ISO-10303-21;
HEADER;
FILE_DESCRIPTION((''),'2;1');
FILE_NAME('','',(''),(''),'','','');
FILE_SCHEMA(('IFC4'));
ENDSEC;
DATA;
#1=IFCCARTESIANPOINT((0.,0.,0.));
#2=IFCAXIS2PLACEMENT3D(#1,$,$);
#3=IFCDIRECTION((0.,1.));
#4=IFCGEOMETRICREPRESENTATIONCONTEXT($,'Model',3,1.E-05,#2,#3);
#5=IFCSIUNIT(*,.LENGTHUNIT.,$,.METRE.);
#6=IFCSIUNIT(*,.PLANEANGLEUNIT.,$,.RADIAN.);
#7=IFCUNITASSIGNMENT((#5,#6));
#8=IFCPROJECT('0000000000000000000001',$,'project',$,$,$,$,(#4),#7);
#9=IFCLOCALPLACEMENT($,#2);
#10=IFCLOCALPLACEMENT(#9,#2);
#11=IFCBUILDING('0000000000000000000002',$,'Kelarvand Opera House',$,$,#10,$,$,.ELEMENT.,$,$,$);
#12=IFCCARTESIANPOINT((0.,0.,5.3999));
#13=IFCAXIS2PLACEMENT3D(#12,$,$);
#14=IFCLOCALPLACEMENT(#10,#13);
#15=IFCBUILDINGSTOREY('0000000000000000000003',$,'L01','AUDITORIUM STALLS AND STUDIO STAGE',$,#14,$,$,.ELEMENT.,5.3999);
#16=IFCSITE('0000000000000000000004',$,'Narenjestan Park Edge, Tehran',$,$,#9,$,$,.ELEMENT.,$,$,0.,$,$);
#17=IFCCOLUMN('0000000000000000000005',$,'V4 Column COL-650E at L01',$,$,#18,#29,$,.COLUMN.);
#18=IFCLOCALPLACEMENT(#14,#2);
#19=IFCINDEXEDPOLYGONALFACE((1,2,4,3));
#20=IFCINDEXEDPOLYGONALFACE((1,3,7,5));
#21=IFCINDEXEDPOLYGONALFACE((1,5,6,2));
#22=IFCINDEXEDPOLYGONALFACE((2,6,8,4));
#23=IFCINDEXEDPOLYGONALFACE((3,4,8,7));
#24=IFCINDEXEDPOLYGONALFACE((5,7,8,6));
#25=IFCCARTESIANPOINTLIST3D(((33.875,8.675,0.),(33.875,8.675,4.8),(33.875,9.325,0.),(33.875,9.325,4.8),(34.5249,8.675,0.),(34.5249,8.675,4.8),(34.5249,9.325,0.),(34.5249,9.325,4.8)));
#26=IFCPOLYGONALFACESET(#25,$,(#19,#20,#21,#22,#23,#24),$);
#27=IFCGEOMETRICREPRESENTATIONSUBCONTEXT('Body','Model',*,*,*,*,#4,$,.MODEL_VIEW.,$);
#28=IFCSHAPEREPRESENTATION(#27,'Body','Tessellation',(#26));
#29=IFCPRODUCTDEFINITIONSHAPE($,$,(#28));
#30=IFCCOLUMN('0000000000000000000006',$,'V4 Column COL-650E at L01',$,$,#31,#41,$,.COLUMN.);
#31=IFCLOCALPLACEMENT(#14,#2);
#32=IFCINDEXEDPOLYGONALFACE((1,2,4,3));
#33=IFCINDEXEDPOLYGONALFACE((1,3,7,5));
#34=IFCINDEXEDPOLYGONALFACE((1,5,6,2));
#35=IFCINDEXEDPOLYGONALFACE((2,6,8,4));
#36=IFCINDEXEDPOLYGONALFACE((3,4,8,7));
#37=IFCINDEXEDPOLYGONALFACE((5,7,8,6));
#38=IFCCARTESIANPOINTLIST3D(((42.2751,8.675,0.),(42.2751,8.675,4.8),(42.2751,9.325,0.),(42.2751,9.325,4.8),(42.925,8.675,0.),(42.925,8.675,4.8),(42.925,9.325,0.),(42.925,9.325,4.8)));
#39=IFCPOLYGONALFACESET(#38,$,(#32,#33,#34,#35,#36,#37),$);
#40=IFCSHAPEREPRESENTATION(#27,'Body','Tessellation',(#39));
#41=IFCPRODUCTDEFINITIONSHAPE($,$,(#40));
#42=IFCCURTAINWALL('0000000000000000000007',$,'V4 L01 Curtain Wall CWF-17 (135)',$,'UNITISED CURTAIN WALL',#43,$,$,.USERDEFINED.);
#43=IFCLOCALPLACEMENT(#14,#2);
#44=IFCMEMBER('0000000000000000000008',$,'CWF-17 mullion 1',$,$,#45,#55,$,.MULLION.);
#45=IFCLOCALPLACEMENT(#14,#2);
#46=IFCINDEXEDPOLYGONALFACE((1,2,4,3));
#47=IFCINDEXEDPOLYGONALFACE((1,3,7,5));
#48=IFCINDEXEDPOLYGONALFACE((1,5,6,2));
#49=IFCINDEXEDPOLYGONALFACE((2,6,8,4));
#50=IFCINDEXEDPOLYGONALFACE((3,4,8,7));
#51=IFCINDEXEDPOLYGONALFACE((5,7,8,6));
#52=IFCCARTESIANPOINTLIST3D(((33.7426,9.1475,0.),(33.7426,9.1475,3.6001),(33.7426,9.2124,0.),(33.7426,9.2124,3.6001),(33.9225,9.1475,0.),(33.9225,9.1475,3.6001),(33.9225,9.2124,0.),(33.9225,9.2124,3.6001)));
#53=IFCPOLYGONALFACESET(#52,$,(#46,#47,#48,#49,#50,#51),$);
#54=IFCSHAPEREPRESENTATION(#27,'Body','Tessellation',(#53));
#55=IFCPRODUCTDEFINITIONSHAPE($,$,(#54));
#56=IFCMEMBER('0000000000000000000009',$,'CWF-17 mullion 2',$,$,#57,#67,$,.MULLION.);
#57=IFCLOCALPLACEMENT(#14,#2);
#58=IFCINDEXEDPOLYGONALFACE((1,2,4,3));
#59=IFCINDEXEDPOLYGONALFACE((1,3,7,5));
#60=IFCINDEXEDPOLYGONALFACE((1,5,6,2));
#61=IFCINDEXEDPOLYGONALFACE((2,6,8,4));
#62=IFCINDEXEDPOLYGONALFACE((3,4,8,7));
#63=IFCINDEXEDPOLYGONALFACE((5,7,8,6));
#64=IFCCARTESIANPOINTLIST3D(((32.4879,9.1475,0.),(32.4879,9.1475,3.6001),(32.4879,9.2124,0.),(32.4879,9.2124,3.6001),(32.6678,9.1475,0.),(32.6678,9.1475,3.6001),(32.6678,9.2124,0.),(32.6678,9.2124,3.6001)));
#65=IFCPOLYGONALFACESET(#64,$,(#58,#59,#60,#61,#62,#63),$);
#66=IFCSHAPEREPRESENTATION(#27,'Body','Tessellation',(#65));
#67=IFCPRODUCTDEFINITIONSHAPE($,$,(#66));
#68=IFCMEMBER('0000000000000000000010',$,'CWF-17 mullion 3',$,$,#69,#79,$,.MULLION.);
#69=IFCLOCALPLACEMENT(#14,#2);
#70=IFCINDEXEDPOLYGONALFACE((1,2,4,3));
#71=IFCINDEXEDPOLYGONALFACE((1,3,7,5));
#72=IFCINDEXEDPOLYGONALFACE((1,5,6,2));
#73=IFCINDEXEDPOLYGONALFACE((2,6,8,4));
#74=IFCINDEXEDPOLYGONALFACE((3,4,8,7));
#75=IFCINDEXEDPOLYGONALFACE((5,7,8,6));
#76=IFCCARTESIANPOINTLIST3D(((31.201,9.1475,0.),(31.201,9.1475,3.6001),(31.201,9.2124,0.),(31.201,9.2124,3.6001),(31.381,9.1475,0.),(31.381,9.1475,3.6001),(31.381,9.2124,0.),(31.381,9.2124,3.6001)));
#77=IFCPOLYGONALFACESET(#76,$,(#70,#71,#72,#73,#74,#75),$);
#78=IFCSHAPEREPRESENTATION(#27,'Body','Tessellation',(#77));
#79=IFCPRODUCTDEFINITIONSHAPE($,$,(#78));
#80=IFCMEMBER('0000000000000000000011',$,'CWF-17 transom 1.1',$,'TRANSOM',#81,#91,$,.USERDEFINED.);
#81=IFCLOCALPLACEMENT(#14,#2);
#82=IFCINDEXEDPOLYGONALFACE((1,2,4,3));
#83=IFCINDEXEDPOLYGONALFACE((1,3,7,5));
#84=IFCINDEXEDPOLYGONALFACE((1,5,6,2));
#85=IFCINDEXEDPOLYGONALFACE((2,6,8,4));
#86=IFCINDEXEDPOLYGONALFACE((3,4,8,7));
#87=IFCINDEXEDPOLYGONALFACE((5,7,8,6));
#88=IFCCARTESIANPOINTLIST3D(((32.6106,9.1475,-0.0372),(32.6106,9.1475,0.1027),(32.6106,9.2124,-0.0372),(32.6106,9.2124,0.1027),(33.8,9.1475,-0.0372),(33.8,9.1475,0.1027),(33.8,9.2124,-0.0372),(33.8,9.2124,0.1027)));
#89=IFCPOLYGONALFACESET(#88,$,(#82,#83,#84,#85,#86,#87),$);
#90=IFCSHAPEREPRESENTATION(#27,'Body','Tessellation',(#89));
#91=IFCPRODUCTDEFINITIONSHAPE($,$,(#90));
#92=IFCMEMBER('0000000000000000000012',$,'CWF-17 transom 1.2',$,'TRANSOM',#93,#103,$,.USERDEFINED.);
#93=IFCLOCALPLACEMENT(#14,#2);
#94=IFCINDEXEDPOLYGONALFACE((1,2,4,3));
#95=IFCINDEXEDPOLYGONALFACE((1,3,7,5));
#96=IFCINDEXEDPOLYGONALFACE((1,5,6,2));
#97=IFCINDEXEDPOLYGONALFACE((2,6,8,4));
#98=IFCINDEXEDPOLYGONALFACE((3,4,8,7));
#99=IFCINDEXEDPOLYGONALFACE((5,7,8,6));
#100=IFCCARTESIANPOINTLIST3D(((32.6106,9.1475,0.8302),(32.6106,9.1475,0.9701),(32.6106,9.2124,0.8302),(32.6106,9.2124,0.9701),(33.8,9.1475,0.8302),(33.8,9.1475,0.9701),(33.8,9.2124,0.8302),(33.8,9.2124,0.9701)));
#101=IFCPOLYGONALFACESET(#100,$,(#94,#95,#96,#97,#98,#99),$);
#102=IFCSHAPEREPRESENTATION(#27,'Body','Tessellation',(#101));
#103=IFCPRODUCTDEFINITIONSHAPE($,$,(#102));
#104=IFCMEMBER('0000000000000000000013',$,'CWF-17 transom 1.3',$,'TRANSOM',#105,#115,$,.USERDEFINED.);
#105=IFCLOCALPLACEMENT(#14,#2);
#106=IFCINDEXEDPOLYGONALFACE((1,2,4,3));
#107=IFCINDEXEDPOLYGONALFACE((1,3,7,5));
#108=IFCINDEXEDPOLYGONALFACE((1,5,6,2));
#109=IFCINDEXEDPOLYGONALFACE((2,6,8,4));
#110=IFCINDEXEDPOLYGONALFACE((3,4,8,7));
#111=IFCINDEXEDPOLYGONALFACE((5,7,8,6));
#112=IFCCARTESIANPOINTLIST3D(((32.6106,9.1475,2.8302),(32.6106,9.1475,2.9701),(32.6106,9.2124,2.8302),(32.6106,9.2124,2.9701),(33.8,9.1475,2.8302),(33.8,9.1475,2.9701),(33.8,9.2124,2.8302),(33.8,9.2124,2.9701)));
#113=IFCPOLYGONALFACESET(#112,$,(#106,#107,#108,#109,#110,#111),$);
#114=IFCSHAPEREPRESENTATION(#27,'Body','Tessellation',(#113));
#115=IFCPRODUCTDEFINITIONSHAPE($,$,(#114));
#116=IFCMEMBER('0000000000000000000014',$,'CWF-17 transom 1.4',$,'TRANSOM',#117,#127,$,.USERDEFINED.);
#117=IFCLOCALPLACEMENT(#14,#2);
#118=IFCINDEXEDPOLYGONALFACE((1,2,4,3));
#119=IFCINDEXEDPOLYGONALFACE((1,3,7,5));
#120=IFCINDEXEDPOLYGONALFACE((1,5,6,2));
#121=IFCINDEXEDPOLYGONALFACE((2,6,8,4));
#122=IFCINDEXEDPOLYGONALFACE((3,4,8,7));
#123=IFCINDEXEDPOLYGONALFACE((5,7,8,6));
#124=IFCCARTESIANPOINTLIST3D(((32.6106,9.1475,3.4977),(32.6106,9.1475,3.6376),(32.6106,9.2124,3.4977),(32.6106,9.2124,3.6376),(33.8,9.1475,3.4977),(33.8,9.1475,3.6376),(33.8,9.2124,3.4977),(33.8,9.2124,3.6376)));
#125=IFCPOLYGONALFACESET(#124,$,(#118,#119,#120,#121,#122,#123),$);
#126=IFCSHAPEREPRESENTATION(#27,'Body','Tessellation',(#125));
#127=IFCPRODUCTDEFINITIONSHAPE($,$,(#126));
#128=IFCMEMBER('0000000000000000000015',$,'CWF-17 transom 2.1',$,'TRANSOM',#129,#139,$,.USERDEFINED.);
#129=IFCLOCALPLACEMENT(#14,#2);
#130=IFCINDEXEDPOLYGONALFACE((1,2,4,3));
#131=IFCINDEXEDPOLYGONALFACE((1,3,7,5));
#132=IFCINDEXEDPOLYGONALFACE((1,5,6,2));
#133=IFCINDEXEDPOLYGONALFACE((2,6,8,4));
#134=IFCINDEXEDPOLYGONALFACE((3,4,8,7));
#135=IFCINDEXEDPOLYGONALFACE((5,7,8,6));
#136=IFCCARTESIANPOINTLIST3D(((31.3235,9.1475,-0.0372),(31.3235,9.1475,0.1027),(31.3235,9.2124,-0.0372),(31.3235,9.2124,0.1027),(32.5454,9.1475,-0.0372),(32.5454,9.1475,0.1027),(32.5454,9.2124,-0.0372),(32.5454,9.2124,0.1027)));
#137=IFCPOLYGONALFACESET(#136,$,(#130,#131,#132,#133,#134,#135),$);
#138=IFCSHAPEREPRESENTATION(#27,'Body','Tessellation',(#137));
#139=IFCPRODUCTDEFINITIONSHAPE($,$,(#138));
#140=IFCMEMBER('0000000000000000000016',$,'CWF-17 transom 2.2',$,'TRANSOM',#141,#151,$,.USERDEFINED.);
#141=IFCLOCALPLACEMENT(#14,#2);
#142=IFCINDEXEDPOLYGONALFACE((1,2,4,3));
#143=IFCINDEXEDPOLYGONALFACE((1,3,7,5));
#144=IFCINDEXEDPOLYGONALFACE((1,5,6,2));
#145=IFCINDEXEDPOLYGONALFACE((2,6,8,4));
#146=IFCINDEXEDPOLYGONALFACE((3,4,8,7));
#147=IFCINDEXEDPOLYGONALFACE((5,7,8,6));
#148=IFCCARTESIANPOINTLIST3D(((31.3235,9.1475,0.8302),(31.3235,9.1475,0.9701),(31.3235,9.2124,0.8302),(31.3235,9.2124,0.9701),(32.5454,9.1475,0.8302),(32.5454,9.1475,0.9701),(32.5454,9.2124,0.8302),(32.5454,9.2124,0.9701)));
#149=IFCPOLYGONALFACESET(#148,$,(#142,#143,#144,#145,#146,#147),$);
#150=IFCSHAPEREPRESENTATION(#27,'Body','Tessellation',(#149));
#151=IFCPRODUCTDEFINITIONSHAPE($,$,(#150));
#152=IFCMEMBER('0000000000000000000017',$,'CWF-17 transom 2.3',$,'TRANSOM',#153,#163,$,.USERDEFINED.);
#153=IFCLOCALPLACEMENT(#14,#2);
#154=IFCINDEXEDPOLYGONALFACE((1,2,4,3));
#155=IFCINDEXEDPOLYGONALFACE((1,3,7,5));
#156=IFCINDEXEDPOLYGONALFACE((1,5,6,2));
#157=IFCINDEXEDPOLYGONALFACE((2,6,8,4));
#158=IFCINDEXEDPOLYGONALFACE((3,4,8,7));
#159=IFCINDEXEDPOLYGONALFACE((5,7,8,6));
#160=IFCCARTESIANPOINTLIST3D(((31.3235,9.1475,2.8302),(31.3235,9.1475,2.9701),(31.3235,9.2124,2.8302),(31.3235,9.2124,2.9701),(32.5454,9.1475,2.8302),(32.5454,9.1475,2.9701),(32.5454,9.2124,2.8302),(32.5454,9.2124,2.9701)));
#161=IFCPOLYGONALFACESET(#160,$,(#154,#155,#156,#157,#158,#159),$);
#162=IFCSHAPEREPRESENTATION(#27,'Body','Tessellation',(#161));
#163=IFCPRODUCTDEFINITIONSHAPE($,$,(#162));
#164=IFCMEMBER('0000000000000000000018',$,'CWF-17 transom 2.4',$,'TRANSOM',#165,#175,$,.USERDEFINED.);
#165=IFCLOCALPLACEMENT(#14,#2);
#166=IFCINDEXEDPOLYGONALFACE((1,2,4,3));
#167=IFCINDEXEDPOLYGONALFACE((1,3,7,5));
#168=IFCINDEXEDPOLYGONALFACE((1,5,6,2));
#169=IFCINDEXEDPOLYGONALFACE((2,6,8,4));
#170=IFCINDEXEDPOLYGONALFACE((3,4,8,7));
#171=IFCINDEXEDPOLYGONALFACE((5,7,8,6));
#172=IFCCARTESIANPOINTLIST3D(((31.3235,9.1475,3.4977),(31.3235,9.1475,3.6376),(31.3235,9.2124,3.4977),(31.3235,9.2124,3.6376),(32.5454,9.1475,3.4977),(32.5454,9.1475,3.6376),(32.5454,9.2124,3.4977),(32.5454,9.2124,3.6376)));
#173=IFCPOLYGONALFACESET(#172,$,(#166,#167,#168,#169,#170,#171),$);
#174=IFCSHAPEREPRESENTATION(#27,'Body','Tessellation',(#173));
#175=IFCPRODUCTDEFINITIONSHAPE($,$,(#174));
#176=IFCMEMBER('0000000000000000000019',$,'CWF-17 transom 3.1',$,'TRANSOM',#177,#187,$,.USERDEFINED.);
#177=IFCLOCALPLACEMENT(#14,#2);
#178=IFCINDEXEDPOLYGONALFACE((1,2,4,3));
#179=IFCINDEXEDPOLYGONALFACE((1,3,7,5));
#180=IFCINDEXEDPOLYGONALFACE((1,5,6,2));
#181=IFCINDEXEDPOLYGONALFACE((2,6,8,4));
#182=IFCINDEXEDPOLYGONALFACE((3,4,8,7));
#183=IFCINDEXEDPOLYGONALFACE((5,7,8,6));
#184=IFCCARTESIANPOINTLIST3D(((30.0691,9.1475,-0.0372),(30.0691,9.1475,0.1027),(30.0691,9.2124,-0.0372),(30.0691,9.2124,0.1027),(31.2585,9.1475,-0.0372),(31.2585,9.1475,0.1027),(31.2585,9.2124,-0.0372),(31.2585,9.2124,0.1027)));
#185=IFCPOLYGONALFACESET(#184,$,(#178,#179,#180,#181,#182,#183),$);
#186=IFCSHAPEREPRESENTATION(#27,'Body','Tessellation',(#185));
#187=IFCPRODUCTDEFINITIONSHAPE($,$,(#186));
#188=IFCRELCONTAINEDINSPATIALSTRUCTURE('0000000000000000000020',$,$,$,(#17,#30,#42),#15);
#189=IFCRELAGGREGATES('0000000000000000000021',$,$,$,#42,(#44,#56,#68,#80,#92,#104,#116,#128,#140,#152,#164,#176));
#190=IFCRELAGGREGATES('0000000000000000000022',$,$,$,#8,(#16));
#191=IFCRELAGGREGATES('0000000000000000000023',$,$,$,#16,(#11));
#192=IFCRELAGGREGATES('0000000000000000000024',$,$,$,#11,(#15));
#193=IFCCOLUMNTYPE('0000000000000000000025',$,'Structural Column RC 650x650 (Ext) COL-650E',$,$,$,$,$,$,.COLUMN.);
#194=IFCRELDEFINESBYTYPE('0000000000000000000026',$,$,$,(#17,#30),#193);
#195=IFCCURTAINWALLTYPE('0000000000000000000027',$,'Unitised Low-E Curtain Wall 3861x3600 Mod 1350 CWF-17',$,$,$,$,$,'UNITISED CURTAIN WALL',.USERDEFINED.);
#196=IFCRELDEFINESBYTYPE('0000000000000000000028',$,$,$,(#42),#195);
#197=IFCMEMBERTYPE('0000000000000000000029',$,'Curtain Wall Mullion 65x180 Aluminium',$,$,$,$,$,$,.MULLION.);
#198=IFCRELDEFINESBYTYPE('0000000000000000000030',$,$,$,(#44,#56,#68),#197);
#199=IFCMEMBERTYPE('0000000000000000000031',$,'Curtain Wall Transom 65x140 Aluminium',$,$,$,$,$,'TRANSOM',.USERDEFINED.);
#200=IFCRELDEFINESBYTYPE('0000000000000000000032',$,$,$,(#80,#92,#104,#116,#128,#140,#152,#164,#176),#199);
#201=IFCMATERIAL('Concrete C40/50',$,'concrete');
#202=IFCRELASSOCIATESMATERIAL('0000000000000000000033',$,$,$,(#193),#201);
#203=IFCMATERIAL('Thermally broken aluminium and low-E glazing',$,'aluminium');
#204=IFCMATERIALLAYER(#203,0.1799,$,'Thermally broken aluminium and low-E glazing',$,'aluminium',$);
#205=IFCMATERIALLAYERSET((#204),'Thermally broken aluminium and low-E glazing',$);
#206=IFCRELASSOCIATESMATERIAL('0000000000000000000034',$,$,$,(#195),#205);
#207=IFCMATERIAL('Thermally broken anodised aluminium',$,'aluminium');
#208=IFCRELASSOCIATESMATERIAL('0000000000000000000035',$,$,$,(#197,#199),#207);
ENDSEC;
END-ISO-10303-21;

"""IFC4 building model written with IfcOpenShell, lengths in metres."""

from ifc_helpers import new_model, si_unit, direction, frame, origin, origin_2d, place, context, subcontext, project, spatial, rectangle, extrude, material, layer, layer_set, material_profile, profile_set, type_object, element, aggregate, save


model = new_model("IFC4")

# Units and contexts
model_context = context("Model", 3, precision=1e-05, world=origin(), true_north=direction((0.0, 1.0)))
body_context = subcontext(model_context, "Body", "Model", "MODEL_VIEW")
ifc_project = project(units=[si_unit("LENGTHUNIT", "METRE"), si_unit("PLANEANGLEUNIT", "RADIAN")], contexts=[model_context])

# Site, building, storey
site_placement = place(None, origin())
site = spatial("IfcSite", under=ifc_project, at=site_placement, Name="Narenjestan Park Edge, Tehran", CompositionType="ELEMENT", RefElevation=0.0)
building_placement = place(site_placement, origin())
building = spatial("IfcBuilding", under=site, at=building_placement, Name="Kelarvand Opera House", CompositionType="ELEMENT")
storey_placement = place(building_placement, frame((0.0, 0.0, 5.3999)))
storey = spatial("IfcBuildingStorey", under=building, at=storey_placement, Name="L01", Description="AUDITORIUM STALLS AND STUDIO STAGE", CompositionType="ELEMENT", Elevation=5.3999)

# Columns
ifc_material_1 = material(Name="Concrete C40/50", Category="concrete")
ifc_material_profile_1 = material_profile(ifc_material_1, rectangle(XDim=0.6499, YDim=0.6499, at=origin_2d()), Name="RC 650x650", Category="concrete")
ifc_profile_set_1 = profile_set([ifc_material_profile_1], Name="Concrete C40/50")
column_type = type_object("IfcColumnType", Name="Structural Column RC 650x650 (Ext) COL-650E", PredefinedType="COLUMN", material=ifc_profile_set_1)
for number, where, z_axis, x_axis, name in (
    (1, (34.2, 9.0, 0.0), (0.0, 0.0, 1.0), (1.0, 0.0, 0.0), "V4 Column COL-650E at L01"),
    (2, (42.6001, 9.0, 0.0), (0.0, 0.0, 1.0), (1.0, 0.0, 0.0), "V4 Column COL-650E at L01"),
):
    element("IfcColumn", number, at=place(storey_placement, frame(where, z_axis=z_axis, x_axis=x_axis)), inside=storey, type_object=column_type, Name=name, PredefinedType="COLUMN", context=body_context, shape_type="SweptSolid", body=[
        extrude(rectangle(XDim=0.6499, YDim=0.6499, at=origin_2d()), origin(), (0.0, 0.0, 1.0), 4.8),
    ])

# Curtain wall, members
ifc_material_2 = material(Name="Thermally broken aluminium and low-E glazing", Category="aluminium")
ifc_layer_1 = layer(ifc_material_2, 0.1799, Name="Thermally broken aluminium and low-E glazing", Category="aluminium")
ifc_layer_set_1 = layer_set([ifc_layer_1], Name="Thermally broken aluminium and low-E glazing")
curtain_wall_type = type_object("IfcCurtainWallType", Name="Unitised Low-E Curtain Wall 3861x3600 Mod 1350 CWF-17", ElementType="UNITISED CURTAIN WALL", PredefinedType="USERDEFINED", material=ifc_layer_set_1)
curtain_wall_placement = place(storey_placement, origin())
curtain_wall = element("IfcCurtainWall", 3, at=curtain_wall_placement, inside=storey, type_object=curtain_wall_type, Name="V4 L01 Curtain Wall CWF-17 (135)", ObjectType="UNITISED CURTAIN WALL", PredefinedType="USERDEFINED")
ifc_material_3 = material(Name="Thermally broken anodised aluminium", Category="aluminium")
ifc_material_profile_2 = material_profile(ifc_material_3, rectangle(XDim=0.0649, YDim=0.1799, at=origin_2d()), Name="ALU MULLION 65x180", Category="aluminium")
ifc_profile_set_2 = profile_set([ifc_material_profile_2], Name="Thermally broken anodised aluminium")
member_type_1 = type_object("IfcMemberType", Name="Curtain Wall Mullion 65x180 Aluminium", PredefinedType="MULLION", material=ifc_profile_set_2)
member_1_placement = place(storey_placement, frame((33.8325, 9.1799, 0.0), z_axis=(0.0, 0.0, 1.0), x_axis=(0.0, -1.0, 0.0)))
member_1 = element("IfcMember", 4, at=member_1_placement, type_object=member_type_1, Name="CWF-17 mullion 1", PredefinedType="MULLION", context=body_context, shape_type="SweptSolid", body=[
    extrude(rectangle(XDim=0.0649, YDim=0.1799, at=origin_2d()), origin(), (0.0, 0.0, 1.0), 3.6001),
])
member_2_placement = place(storey_placement, frame((32.5779, 9.1799, 0.0), z_axis=(0.0, 0.0, 1.0), x_axis=(0.0, -1.0, 0.0)))
member_2 = element("IfcMember", 5, at=member_2_placement, type_object=member_type_1, Name="CWF-17 mullion 2", PredefinedType="MULLION", context=body_context, shape_type="SweptSolid", body=[
    extrude(rectangle(XDim=0.0649, YDim=0.1799, at=origin_2d()), origin(), (0.0, 0.0, 1.0), 3.6001),
])
member_3_placement = place(storey_placement, frame((31.291, 9.1799, 0.0), z_axis=(0.0, 0.0, 1.0), x_axis=(0.0, -1.0, 0.0)))
member_3 = element("IfcMember", 6, at=member_3_placement, type_object=member_type_1, Name="CWF-17 mullion 3", PredefinedType="MULLION", context=body_context, shape_type="SweptSolid", body=[
    extrude(rectangle(XDim=0.0649, YDim=0.1799, at=origin_2d()), origin(), (0.0, 0.0, 1.0), 3.6001),
])
ifc_material_profile_3 = material_profile(ifc_material_3, rectangle(XDim=0.0649, YDim=0.1399, at=origin_2d()), Name="ALU TRANSOM 65x140", Category="aluminium")
ifc_profile_set_3 = profile_set([ifc_material_profile_3], Name="Thermally broken anodised aluminium")
member_type_2 = type_object("IfcMemberType", Name="Curtain Wall Transom 65x140 Aluminium", ElementType="TRANSOM", PredefinedType="USERDEFINED", material=ifc_profile_set_3)
member_4_placement = place(storey_placement, frame((33.8, 9.1799, 0.0327), z_axis=(-1.0, 0.0, 0.0), x_axis=(0.0, -1.0, 0.0)))
member_4 = element("IfcMember", 7, at=member_4_placement, type_object=member_type_2, Name="CWF-17 transom 1.1", ObjectType="TRANSOM", PredefinedType="USERDEFINED", context=body_context, shape_type="SweptSolid", body=[
    extrude(rectangle(XDim=0.0649, YDim=0.1399, at=origin_2d()), origin(), (0.0, 0.0, 1.0), 1.1895),
])
member_5_placement = place(storey_placement, frame((33.8, 9.1799, 0.9001), z_axis=(-1.0, 0.0, 0.0), x_axis=(0.0, -1.0, 0.0)))
member_5 = element("IfcMember", 8, at=member_5_placement, type_object=member_type_2, Name="CWF-17 transom 1.2", ObjectType="TRANSOM", PredefinedType="USERDEFINED", context=body_context, shape_type="SweptSolid", body=[
    extrude(rectangle(XDim=0.0649, YDim=0.1399, at=origin_2d()), origin(), (0.0, 0.0, 1.0), 1.1895),
])
member_6_placement = place(storey_placement, frame((33.8, 9.1799, 2.9001), z_axis=(-1.0, 0.0, 0.0), x_axis=(0.0, -1.0, 0.0)))
member_6 = element("IfcMember", 9, at=member_6_placement, type_object=member_type_2, Name="CWF-17 transom 1.3", ObjectType="TRANSOM", PredefinedType="USERDEFINED", context=body_context, shape_type="SweptSolid", body=[
    extrude(rectangle(XDim=0.0649, YDim=0.1399, at=origin_2d()), origin(), (0.0, 0.0, 1.0), 1.1895),
])
member_7_placement = place(storey_placement, frame((33.8, 9.1799, 3.5676), z_axis=(-1.0, 0.0, 0.0), x_axis=(0.0, -1.0, 0.0)))
member_7 = element("IfcMember", 10, at=member_7_placement, type_object=member_type_2, Name="CWF-17 transom 1.4", ObjectType="TRANSOM", PredefinedType="USERDEFINED", context=body_context, shape_type="SweptSolid", body=[
    extrude(rectangle(XDim=0.0649, YDim=0.1399, at=origin_2d()), origin(), (0.0, 0.0, 1.0), 1.1895),
])
member_8_placement = place(storey_placement, frame((32.5454, 9.1799, 0.0327), z_axis=(-1.0, 0.0, 0.0), x_axis=(0.0, -1.0, 0.0)))
member_8 = element("IfcMember", 11, at=member_8_placement, type_object=member_type_2, Name="CWF-17 transom 2.1", ObjectType="TRANSOM", PredefinedType="USERDEFINED", context=body_context, shape_type="SweptSolid", body=[
    extrude(rectangle(XDim=0.0649, YDim=0.1399, at=origin_2d()), origin(), (0.0, 0.0, 1.0), 1.2219),
])
member_9_placement = place(storey_placement, frame((32.5454, 9.1799, 0.9001), z_axis=(-1.0, 0.0, 0.0), x_axis=(0.0, -1.0, 0.0)))
member_9 = element("IfcMember", 12, at=member_9_placement, type_object=member_type_2, Name="CWF-17 transom 2.2", ObjectType="TRANSOM", PredefinedType="USERDEFINED", context=body_context, shape_type="SweptSolid", body=[
    extrude(rectangle(XDim=0.0649, YDim=0.1399, at=origin_2d()), origin(), (0.0, 0.0, 1.0), 1.2219),
])
member_10_placement = place(storey_placement, frame((32.5454, 9.1799, 2.9001), z_axis=(-1.0, 0.0, 0.0), x_axis=(0.0, -1.0, 0.0)))
member_10 = element("IfcMember", 13, at=member_10_placement, type_object=member_type_2, Name="CWF-17 transom 2.3", ObjectType="TRANSOM", PredefinedType="USERDEFINED", context=body_context, shape_type="SweptSolid", body=[
    extrude(rectangle(XDim=0.0649, YDim=0.1399, at=origin_2d()), origin(), (0.0, 0.0, 1.0), 1.2219),
])
member_11_placement = place(storey_placement, frame((32.5454, 9.1799, 3.5676), z_axis=(-1.0, 0.0, 0.0), x_axis=(0.0, -1.0, 0.0)))
member_11 = element("IfcMember", 14, at=member_11_placement, type_object=member_type_2, Name="CWF-17 transom 2.4", ObjectType="TRANSOM", PredefinedType="USERDEFINED", context=body_context, shape_type="SweptSolid", body=[
    extrude(rectangle(XDim=0.0649, YDim=0.1399, at=origin_2d()), origin(), (0.0, 0.0, 1.0), 1.2219),
])
member_12_placement = place(storey_placement, frame((31.2585, 9.1799, 0.0327), z_axis=(-1.0, 0.0, 0.0), x_axis=(0.0, -1.0, 0.0)))
member_12 = element("IfcMember", 15, at=member_12_placement, type_object=member_type_2, Name="CWF-17 transom 3.1", ObjectType="TRANSOM", PredefinedType="USERDEFINED", context=body_context, shape_type="SweptSolid", body=[
    extrude(rectangle(XDim=0.0649, YDim=0.1399, at=origin_2d()), origin(), (0.0, 0.0, 1.0), 1.1895),
])

aggregate(curtain_wall, [member_1, member_2, member_3, member_4, member_5, member_6, member_7, member_8, member_9, member_10, member_11, member_12])

save(model, "model.ifc")
